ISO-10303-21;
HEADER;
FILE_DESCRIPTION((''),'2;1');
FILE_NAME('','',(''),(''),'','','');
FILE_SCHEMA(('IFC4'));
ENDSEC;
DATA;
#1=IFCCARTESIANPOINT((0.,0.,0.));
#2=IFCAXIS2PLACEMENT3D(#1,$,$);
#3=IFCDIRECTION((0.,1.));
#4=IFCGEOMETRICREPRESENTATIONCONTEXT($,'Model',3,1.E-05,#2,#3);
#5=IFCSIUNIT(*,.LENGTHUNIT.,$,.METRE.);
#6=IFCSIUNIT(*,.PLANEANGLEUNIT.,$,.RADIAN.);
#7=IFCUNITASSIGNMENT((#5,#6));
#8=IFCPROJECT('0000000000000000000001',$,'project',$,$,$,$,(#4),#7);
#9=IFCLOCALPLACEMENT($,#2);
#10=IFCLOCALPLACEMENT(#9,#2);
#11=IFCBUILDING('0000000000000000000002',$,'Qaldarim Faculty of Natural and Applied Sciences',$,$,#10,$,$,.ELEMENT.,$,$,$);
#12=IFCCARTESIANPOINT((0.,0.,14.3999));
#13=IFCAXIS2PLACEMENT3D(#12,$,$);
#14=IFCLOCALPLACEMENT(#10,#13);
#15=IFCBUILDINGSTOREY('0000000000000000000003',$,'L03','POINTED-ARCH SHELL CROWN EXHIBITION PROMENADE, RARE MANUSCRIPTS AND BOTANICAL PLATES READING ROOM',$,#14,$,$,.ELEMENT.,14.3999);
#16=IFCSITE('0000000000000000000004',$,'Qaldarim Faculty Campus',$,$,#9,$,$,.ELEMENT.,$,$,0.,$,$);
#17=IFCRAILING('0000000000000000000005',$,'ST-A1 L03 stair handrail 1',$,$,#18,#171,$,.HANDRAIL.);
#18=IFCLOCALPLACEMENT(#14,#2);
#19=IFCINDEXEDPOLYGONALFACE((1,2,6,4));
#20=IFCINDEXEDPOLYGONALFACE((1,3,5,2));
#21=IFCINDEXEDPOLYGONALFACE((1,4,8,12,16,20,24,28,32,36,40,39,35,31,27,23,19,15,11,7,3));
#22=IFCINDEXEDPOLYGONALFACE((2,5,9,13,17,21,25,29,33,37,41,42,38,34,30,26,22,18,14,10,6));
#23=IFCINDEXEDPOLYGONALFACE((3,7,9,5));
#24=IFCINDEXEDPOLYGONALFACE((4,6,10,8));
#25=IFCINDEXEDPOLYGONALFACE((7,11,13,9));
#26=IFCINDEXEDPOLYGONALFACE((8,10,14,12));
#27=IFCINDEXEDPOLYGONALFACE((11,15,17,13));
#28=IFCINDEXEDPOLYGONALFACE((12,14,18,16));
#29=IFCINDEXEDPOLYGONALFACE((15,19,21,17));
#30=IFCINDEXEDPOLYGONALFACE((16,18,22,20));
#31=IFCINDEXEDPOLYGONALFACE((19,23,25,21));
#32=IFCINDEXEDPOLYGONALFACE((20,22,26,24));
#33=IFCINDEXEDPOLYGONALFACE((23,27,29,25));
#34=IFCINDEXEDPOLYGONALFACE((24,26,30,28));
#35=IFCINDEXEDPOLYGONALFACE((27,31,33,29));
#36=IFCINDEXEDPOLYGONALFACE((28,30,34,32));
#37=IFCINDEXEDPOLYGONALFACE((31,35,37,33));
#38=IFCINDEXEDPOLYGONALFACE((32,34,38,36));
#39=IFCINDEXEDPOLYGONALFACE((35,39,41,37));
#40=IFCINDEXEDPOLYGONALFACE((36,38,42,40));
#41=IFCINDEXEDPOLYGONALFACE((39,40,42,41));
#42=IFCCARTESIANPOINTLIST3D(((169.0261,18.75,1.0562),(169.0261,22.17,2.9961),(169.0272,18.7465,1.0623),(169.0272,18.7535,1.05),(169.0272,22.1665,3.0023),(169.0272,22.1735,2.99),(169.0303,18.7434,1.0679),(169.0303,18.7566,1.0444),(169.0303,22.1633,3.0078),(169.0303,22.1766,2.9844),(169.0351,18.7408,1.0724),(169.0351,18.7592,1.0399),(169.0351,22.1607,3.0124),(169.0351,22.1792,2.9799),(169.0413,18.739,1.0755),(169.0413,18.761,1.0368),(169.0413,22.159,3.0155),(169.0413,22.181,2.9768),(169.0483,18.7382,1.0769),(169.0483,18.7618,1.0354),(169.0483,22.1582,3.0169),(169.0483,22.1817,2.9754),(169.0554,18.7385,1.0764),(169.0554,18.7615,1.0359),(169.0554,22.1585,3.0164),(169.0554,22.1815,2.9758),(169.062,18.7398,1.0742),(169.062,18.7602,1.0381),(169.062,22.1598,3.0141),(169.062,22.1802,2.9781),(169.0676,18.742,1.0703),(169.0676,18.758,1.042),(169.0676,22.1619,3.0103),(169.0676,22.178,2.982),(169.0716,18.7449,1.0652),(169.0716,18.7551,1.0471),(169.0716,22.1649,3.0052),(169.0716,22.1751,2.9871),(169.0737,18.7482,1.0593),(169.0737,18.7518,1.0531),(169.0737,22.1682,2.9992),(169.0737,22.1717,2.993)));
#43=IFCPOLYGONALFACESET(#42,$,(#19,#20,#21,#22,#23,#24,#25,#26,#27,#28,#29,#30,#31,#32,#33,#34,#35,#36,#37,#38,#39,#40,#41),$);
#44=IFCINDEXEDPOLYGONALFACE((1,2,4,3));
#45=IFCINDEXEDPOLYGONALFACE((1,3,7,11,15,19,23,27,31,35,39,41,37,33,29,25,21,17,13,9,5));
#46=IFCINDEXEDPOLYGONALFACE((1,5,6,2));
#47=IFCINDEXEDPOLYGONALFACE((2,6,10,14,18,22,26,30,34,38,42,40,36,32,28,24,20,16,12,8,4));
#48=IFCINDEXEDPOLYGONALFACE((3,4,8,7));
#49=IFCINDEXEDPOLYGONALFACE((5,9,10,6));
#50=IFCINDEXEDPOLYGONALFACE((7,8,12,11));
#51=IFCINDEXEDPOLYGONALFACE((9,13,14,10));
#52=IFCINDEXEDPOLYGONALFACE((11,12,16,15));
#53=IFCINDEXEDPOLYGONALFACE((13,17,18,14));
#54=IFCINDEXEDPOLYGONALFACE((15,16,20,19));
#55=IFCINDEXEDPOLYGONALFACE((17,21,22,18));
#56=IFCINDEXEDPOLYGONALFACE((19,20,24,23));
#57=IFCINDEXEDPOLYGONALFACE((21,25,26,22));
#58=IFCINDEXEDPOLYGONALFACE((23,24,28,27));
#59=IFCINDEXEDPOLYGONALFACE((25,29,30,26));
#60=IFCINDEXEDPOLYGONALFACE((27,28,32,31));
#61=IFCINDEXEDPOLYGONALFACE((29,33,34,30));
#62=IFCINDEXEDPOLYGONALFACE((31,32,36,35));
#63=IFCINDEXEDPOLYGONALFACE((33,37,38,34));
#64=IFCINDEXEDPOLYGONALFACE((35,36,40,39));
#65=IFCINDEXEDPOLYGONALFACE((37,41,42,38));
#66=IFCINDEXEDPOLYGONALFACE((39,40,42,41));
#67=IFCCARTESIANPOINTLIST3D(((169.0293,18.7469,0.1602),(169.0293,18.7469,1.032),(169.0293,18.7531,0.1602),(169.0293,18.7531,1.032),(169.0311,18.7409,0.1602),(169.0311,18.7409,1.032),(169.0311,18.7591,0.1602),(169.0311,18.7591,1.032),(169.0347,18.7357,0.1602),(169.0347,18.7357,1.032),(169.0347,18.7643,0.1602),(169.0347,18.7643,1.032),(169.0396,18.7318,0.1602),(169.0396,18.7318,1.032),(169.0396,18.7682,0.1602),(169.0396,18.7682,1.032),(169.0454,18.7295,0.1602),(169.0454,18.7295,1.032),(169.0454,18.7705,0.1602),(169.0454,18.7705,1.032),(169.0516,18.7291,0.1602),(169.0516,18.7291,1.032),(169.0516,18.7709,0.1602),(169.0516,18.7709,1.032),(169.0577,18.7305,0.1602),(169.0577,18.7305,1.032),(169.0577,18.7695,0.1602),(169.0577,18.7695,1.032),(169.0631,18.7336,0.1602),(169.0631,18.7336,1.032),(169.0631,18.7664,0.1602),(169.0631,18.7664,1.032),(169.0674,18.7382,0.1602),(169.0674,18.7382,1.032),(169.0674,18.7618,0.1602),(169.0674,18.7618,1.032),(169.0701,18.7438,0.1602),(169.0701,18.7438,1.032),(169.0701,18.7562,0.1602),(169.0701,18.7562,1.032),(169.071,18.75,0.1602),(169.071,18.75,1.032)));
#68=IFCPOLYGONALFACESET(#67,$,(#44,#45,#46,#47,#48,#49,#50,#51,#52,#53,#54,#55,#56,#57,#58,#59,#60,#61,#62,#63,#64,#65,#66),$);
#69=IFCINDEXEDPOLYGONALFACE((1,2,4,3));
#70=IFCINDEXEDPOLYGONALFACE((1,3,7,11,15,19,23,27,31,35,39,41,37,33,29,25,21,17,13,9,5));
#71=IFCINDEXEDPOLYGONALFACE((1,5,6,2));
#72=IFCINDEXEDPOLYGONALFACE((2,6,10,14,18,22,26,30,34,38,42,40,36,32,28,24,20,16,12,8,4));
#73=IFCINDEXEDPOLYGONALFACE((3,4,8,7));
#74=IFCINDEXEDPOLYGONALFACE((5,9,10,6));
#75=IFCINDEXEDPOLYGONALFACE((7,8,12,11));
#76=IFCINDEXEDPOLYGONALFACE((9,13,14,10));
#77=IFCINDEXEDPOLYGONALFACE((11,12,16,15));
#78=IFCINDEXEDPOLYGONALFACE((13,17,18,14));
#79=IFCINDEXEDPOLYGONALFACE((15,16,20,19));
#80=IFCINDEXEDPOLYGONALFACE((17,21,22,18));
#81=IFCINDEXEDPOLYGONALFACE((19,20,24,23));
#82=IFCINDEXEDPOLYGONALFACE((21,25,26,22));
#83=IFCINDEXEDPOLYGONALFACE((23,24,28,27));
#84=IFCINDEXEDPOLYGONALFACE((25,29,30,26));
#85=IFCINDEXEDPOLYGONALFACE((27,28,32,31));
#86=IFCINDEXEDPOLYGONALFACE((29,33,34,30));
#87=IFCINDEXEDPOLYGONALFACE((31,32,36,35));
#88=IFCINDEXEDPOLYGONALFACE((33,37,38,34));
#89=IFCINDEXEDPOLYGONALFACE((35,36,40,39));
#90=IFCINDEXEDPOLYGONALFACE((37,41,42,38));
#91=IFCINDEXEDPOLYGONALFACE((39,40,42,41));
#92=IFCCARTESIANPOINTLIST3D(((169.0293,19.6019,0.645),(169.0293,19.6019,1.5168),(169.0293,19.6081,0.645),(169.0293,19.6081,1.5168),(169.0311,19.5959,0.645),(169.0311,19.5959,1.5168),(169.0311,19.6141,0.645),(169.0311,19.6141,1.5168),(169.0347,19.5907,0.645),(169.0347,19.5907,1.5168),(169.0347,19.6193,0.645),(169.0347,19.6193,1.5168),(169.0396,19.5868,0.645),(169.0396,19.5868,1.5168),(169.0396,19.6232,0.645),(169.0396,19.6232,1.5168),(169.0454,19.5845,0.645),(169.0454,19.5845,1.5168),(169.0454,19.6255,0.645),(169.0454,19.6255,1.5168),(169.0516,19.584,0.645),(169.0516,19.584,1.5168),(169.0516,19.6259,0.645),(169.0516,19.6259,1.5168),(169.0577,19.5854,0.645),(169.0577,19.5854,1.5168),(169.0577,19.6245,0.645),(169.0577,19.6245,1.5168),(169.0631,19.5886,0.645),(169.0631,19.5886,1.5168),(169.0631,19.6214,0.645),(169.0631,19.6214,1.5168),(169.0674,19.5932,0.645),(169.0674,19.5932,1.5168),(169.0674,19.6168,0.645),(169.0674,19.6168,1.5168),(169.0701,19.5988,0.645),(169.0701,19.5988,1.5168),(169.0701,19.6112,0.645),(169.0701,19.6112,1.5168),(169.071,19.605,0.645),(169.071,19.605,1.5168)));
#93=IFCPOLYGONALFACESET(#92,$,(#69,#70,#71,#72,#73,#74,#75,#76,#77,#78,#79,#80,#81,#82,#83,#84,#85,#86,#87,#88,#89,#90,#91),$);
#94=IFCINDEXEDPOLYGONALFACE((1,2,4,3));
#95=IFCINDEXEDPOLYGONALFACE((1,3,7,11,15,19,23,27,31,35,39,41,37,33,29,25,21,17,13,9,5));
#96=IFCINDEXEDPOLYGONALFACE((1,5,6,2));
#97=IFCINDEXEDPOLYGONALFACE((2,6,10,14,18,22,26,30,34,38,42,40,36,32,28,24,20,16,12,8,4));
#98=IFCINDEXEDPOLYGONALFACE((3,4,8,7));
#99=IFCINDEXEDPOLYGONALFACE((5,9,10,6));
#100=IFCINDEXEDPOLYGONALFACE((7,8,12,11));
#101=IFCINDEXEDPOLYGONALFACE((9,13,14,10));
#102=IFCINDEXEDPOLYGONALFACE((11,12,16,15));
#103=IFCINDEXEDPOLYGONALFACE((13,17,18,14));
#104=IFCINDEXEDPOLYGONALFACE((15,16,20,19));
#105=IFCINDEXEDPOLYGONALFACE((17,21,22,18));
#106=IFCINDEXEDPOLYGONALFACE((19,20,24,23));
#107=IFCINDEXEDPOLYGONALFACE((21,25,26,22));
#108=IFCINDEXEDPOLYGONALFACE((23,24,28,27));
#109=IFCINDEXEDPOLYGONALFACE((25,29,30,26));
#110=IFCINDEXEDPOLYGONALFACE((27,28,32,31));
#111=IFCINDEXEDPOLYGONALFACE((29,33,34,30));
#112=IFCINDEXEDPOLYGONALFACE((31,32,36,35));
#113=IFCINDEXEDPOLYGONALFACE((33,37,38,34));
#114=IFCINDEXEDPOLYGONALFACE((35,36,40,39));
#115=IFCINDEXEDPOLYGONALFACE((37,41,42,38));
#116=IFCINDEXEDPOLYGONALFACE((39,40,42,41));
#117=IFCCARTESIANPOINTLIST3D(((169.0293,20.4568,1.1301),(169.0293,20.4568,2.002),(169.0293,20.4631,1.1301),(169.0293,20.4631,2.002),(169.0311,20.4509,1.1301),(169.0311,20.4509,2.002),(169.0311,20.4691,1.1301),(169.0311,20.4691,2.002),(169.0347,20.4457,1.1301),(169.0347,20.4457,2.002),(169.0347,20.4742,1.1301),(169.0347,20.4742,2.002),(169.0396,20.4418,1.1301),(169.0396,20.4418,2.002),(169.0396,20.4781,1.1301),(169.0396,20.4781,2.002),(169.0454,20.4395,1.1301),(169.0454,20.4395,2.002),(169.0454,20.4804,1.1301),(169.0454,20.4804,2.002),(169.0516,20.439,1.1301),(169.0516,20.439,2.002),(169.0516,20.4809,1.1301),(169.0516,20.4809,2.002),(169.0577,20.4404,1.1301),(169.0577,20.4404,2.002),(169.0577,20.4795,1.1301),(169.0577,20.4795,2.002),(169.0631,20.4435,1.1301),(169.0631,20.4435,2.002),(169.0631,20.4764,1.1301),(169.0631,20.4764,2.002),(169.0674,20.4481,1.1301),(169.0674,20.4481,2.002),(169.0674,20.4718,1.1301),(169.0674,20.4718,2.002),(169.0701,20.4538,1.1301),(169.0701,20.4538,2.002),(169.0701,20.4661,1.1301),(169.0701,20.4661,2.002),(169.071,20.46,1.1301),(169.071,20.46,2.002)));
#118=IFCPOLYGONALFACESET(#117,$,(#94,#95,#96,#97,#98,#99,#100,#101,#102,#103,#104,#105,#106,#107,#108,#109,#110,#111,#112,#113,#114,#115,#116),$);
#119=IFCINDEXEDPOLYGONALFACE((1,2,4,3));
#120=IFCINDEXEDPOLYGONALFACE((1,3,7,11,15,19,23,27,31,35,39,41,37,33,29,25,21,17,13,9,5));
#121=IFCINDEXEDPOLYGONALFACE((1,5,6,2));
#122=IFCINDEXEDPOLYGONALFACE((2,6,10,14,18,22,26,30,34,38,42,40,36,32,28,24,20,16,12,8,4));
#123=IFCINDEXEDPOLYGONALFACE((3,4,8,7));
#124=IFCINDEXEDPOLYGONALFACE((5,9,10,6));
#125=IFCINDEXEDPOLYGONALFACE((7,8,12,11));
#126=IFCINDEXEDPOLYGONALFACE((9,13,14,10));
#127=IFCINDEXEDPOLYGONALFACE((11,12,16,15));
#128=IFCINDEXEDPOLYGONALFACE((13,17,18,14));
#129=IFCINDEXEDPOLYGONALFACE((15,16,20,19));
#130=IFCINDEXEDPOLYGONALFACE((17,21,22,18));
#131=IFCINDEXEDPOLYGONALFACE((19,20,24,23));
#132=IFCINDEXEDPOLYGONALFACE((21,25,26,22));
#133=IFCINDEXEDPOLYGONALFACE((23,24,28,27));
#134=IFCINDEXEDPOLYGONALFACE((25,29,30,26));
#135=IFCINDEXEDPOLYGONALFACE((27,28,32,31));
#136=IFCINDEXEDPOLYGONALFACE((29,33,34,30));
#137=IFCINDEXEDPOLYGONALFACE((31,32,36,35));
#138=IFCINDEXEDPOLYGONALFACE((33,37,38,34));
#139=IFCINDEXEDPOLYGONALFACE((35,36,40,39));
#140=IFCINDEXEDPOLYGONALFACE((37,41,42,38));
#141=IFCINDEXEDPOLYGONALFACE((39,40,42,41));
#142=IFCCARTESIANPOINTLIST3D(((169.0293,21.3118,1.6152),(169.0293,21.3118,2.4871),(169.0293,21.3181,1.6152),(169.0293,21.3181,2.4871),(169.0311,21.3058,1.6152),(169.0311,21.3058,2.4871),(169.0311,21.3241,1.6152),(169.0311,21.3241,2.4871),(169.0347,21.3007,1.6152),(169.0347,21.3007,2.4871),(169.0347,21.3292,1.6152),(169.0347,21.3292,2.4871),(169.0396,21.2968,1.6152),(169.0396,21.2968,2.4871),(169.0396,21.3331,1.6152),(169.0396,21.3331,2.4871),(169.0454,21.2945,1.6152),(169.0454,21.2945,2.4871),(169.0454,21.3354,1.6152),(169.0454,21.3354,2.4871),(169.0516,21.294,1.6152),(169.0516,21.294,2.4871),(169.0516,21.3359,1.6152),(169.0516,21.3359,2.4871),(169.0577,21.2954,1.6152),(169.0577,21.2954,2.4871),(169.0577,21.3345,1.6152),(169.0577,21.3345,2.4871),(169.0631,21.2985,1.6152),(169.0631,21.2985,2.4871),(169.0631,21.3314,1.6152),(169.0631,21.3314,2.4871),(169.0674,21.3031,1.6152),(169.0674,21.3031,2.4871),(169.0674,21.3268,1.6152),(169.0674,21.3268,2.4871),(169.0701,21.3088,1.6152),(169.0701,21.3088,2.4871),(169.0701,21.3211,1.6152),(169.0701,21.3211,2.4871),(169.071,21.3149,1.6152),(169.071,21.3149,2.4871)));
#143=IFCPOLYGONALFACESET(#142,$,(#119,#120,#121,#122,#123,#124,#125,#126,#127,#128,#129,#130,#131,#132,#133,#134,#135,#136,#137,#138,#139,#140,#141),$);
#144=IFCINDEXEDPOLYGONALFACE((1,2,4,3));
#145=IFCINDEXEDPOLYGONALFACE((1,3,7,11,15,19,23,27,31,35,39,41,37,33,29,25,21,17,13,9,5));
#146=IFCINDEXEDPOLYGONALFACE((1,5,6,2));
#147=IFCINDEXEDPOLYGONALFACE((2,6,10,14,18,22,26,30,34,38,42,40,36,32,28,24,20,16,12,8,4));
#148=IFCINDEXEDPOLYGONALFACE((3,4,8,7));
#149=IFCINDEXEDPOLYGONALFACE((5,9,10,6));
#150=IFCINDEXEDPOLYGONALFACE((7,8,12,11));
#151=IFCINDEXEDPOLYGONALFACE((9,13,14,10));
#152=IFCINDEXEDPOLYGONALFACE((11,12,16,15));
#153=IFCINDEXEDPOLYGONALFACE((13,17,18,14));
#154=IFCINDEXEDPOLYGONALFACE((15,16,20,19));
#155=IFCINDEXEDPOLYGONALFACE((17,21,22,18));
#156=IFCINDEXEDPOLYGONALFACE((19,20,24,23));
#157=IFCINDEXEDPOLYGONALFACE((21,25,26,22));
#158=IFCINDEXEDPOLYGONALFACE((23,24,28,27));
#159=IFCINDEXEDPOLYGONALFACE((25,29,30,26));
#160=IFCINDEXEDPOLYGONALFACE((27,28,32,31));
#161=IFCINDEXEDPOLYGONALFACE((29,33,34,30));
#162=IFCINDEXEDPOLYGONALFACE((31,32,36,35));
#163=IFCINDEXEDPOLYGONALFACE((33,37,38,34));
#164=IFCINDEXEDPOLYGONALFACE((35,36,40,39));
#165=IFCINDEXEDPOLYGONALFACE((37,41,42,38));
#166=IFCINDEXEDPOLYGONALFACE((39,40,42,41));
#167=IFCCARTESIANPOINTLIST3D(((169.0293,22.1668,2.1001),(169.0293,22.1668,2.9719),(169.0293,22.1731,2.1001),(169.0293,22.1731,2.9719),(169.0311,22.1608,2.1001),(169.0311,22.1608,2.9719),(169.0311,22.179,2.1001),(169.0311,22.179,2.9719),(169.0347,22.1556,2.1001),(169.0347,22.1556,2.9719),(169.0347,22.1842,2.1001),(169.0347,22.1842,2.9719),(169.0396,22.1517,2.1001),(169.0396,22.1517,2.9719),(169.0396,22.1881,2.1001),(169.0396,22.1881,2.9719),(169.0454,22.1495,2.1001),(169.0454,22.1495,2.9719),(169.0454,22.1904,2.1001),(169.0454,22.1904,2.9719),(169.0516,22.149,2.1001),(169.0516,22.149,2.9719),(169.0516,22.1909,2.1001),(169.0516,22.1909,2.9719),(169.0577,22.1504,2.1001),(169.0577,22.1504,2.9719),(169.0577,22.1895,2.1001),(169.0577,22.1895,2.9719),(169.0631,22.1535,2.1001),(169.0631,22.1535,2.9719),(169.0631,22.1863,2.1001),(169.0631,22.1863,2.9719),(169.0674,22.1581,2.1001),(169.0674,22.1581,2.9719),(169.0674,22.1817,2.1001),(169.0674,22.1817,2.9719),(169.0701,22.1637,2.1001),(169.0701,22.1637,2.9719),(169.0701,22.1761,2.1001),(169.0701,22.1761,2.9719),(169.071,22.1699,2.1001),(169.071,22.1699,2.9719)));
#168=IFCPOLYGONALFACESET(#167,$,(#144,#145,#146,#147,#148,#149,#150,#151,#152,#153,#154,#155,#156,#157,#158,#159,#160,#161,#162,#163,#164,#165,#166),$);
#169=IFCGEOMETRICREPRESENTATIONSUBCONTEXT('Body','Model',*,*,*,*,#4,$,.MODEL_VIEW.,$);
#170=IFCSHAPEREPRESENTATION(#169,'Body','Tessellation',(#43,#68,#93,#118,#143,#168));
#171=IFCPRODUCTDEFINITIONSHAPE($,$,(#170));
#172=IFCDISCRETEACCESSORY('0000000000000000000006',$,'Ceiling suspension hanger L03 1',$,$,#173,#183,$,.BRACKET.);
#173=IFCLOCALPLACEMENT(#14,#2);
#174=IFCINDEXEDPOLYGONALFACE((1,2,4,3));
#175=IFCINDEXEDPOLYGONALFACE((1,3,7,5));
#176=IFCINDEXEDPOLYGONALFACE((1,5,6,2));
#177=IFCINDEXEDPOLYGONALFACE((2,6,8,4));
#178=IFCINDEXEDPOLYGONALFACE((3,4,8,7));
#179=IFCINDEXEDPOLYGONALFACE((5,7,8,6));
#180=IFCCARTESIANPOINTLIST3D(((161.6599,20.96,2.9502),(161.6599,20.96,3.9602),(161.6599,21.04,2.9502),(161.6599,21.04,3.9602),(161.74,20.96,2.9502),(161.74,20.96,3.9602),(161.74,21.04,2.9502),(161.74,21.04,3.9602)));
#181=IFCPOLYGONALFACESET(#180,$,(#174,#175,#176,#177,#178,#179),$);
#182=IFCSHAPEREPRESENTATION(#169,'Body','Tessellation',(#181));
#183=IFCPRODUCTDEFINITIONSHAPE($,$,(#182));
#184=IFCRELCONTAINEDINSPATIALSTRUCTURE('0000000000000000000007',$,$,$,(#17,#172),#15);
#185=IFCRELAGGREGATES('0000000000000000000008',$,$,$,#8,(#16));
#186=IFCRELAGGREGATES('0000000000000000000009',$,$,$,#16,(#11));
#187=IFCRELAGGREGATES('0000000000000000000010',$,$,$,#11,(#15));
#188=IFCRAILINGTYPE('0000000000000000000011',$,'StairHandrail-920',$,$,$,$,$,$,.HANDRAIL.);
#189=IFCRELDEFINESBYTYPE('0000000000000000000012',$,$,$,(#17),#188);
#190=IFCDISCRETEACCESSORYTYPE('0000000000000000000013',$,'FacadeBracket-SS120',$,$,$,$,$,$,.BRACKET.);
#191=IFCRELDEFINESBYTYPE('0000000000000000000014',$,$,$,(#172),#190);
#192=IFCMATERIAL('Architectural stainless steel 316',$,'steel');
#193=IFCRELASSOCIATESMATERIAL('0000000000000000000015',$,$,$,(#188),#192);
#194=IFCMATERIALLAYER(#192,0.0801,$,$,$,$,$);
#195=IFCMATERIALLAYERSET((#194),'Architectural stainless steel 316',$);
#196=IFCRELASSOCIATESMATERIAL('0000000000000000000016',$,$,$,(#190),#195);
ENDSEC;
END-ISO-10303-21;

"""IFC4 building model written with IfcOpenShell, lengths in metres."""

from ifc_helpers import new_model, si_unit, direction, frame, origin, origin_2d, place, context, subcontext, project, spatial, rectangle, circle, extrude, material, layer, layer_set, type_object, element, save


model = new_model("IFC4")

# Units and contexts
model_context = context("Model", 3, precision=1e-05, world=origin(), true_north=direction((0.0, 1.0)))
body_context = subcontext(model_context, "Body", "Model", "MODEL_VIEW")
ifc_project = project(units=[si_unit("LENGTHUNIT", "METRE"), si_unit("PLANEANGLEUNIT", "RADIAN")], contexts=[model_context])

# Site, building, storey
site_placement = place(None, origin())
site = spatial("IfcSite", under=ifc_project, at=site_placement, Name="Qaldarim Faculty Campus", CompositionType="ELEMENT", RefElevation=0.0)
building_placement = place(site_placement, origin())
building = spatial("IfcBuilding", under=site, at=building_placement, Name="Qaldarim Faculty of Natural and Applied Sciences", CompositionType="ELEMENT")
storey_placement = place(building_placement, frame((0.0, 0.0, 14.3999)))
storey = spatial("IfcBuildingStorey", under=building, at=storey_placement, Name="L03", Description="POINTED-ARCH SHELL CROWN EXHIBITION PROMENADE, RARE MANUSCRIPTS AND BOTANICAL PLATES READING ROOM", CompositionType="ELEMENT", Elevation=14.3999)

# Shared definitions
ifc_material_1 = material(Name="Architectural stainless steel 316", Category="steel")

# Railing
railing_type_1 = type_object("IfcRailingType", Name="StairHandrail-920", PredefinedType="HANDRAIL", material=ifc_material_1)
railing_1_placement = place(storey_placement, frame((169.05, 18.75, 0.1602)))
element("IfcRailing", 1, at=railing_1_placement, inside=storey, type_object=railing_type_1, Name="ST-A1 L03 stair handrail 1", PredefinedType="HANDRAIL", context=body_context, shape_type="SweptSolid", body=[
    extrude(circle(Radius=0.0239, at=origin_2d()), frame((0.0, 0.0, 0.896), z_axis=(0.0, 0.869805, 0.493395), x_axis=(-1.0, 0.0, 0.0)), (0.0, 0.0, 1.0), 3.9319),
    extrude(circle(Radius=0.021, at=origin_2d()), origin(), (0.0, 0.0, 1.0), 0.8718),
    extrude(circle(Radius=0.021, at=origin_2d()), frame((0.0, 0.855, 0.4849)), (0.0, 0.0, 1.0), 0.8718),
    extrude(circle(Radius=0.021, at=origin_2d()), frame((0.0, 1.71, 0.97)), (0.0, 0.0, 1.0), 0.8718),
    extrude(circle(Radius=0.021, at=origin_2d()), frame((0.0, 2.5649, 1.4551)), (0.0, 0.0, 1.0), 0.8718),
    extrude(circle(Radius=0.021, at=origin_2d()), frame((0.0, 3.4199, 1.9399)), (0.0, 0.0, 1.0), 0.8718),
])

# Discrete accessory
ifc_layer_1 = layer(ifc_material_1, 0.0801)
ifc_layer_set_1 = layer_set([ifc_layer_1], Name="Architectural stainless steel 316")
discrete_accessory_type = type_object("IfcDiscreteAccessoryType", Name="FacadeBracket-SS120", PredefinedType="BRACKET", material=ifc_layer_set_1)
discrete_accessory_placement = place(storey_placement, frame((161.7, 21.0, 2.9502), z_axis=(0.0, 0.0, 1.0), x_axis=(1.0, 0.0, 0.0)))
element("IfcDiscreteAccessory", 2, at=discrete_accessory_placement, inside=storey, type_object=discrete_accessory_type, Name="Ceiling suspension hanger L03 1", PredefinedType="BRACKET", context=body_context, shape_type="SweptSolid", body=[
    extrude(rectangle(XDim=0.0801, YDim=0.0801, at=origin_2d()), origin(), (0.0, 0.0, 1.0), 1.01),
])

save(model, "model.ifc")
